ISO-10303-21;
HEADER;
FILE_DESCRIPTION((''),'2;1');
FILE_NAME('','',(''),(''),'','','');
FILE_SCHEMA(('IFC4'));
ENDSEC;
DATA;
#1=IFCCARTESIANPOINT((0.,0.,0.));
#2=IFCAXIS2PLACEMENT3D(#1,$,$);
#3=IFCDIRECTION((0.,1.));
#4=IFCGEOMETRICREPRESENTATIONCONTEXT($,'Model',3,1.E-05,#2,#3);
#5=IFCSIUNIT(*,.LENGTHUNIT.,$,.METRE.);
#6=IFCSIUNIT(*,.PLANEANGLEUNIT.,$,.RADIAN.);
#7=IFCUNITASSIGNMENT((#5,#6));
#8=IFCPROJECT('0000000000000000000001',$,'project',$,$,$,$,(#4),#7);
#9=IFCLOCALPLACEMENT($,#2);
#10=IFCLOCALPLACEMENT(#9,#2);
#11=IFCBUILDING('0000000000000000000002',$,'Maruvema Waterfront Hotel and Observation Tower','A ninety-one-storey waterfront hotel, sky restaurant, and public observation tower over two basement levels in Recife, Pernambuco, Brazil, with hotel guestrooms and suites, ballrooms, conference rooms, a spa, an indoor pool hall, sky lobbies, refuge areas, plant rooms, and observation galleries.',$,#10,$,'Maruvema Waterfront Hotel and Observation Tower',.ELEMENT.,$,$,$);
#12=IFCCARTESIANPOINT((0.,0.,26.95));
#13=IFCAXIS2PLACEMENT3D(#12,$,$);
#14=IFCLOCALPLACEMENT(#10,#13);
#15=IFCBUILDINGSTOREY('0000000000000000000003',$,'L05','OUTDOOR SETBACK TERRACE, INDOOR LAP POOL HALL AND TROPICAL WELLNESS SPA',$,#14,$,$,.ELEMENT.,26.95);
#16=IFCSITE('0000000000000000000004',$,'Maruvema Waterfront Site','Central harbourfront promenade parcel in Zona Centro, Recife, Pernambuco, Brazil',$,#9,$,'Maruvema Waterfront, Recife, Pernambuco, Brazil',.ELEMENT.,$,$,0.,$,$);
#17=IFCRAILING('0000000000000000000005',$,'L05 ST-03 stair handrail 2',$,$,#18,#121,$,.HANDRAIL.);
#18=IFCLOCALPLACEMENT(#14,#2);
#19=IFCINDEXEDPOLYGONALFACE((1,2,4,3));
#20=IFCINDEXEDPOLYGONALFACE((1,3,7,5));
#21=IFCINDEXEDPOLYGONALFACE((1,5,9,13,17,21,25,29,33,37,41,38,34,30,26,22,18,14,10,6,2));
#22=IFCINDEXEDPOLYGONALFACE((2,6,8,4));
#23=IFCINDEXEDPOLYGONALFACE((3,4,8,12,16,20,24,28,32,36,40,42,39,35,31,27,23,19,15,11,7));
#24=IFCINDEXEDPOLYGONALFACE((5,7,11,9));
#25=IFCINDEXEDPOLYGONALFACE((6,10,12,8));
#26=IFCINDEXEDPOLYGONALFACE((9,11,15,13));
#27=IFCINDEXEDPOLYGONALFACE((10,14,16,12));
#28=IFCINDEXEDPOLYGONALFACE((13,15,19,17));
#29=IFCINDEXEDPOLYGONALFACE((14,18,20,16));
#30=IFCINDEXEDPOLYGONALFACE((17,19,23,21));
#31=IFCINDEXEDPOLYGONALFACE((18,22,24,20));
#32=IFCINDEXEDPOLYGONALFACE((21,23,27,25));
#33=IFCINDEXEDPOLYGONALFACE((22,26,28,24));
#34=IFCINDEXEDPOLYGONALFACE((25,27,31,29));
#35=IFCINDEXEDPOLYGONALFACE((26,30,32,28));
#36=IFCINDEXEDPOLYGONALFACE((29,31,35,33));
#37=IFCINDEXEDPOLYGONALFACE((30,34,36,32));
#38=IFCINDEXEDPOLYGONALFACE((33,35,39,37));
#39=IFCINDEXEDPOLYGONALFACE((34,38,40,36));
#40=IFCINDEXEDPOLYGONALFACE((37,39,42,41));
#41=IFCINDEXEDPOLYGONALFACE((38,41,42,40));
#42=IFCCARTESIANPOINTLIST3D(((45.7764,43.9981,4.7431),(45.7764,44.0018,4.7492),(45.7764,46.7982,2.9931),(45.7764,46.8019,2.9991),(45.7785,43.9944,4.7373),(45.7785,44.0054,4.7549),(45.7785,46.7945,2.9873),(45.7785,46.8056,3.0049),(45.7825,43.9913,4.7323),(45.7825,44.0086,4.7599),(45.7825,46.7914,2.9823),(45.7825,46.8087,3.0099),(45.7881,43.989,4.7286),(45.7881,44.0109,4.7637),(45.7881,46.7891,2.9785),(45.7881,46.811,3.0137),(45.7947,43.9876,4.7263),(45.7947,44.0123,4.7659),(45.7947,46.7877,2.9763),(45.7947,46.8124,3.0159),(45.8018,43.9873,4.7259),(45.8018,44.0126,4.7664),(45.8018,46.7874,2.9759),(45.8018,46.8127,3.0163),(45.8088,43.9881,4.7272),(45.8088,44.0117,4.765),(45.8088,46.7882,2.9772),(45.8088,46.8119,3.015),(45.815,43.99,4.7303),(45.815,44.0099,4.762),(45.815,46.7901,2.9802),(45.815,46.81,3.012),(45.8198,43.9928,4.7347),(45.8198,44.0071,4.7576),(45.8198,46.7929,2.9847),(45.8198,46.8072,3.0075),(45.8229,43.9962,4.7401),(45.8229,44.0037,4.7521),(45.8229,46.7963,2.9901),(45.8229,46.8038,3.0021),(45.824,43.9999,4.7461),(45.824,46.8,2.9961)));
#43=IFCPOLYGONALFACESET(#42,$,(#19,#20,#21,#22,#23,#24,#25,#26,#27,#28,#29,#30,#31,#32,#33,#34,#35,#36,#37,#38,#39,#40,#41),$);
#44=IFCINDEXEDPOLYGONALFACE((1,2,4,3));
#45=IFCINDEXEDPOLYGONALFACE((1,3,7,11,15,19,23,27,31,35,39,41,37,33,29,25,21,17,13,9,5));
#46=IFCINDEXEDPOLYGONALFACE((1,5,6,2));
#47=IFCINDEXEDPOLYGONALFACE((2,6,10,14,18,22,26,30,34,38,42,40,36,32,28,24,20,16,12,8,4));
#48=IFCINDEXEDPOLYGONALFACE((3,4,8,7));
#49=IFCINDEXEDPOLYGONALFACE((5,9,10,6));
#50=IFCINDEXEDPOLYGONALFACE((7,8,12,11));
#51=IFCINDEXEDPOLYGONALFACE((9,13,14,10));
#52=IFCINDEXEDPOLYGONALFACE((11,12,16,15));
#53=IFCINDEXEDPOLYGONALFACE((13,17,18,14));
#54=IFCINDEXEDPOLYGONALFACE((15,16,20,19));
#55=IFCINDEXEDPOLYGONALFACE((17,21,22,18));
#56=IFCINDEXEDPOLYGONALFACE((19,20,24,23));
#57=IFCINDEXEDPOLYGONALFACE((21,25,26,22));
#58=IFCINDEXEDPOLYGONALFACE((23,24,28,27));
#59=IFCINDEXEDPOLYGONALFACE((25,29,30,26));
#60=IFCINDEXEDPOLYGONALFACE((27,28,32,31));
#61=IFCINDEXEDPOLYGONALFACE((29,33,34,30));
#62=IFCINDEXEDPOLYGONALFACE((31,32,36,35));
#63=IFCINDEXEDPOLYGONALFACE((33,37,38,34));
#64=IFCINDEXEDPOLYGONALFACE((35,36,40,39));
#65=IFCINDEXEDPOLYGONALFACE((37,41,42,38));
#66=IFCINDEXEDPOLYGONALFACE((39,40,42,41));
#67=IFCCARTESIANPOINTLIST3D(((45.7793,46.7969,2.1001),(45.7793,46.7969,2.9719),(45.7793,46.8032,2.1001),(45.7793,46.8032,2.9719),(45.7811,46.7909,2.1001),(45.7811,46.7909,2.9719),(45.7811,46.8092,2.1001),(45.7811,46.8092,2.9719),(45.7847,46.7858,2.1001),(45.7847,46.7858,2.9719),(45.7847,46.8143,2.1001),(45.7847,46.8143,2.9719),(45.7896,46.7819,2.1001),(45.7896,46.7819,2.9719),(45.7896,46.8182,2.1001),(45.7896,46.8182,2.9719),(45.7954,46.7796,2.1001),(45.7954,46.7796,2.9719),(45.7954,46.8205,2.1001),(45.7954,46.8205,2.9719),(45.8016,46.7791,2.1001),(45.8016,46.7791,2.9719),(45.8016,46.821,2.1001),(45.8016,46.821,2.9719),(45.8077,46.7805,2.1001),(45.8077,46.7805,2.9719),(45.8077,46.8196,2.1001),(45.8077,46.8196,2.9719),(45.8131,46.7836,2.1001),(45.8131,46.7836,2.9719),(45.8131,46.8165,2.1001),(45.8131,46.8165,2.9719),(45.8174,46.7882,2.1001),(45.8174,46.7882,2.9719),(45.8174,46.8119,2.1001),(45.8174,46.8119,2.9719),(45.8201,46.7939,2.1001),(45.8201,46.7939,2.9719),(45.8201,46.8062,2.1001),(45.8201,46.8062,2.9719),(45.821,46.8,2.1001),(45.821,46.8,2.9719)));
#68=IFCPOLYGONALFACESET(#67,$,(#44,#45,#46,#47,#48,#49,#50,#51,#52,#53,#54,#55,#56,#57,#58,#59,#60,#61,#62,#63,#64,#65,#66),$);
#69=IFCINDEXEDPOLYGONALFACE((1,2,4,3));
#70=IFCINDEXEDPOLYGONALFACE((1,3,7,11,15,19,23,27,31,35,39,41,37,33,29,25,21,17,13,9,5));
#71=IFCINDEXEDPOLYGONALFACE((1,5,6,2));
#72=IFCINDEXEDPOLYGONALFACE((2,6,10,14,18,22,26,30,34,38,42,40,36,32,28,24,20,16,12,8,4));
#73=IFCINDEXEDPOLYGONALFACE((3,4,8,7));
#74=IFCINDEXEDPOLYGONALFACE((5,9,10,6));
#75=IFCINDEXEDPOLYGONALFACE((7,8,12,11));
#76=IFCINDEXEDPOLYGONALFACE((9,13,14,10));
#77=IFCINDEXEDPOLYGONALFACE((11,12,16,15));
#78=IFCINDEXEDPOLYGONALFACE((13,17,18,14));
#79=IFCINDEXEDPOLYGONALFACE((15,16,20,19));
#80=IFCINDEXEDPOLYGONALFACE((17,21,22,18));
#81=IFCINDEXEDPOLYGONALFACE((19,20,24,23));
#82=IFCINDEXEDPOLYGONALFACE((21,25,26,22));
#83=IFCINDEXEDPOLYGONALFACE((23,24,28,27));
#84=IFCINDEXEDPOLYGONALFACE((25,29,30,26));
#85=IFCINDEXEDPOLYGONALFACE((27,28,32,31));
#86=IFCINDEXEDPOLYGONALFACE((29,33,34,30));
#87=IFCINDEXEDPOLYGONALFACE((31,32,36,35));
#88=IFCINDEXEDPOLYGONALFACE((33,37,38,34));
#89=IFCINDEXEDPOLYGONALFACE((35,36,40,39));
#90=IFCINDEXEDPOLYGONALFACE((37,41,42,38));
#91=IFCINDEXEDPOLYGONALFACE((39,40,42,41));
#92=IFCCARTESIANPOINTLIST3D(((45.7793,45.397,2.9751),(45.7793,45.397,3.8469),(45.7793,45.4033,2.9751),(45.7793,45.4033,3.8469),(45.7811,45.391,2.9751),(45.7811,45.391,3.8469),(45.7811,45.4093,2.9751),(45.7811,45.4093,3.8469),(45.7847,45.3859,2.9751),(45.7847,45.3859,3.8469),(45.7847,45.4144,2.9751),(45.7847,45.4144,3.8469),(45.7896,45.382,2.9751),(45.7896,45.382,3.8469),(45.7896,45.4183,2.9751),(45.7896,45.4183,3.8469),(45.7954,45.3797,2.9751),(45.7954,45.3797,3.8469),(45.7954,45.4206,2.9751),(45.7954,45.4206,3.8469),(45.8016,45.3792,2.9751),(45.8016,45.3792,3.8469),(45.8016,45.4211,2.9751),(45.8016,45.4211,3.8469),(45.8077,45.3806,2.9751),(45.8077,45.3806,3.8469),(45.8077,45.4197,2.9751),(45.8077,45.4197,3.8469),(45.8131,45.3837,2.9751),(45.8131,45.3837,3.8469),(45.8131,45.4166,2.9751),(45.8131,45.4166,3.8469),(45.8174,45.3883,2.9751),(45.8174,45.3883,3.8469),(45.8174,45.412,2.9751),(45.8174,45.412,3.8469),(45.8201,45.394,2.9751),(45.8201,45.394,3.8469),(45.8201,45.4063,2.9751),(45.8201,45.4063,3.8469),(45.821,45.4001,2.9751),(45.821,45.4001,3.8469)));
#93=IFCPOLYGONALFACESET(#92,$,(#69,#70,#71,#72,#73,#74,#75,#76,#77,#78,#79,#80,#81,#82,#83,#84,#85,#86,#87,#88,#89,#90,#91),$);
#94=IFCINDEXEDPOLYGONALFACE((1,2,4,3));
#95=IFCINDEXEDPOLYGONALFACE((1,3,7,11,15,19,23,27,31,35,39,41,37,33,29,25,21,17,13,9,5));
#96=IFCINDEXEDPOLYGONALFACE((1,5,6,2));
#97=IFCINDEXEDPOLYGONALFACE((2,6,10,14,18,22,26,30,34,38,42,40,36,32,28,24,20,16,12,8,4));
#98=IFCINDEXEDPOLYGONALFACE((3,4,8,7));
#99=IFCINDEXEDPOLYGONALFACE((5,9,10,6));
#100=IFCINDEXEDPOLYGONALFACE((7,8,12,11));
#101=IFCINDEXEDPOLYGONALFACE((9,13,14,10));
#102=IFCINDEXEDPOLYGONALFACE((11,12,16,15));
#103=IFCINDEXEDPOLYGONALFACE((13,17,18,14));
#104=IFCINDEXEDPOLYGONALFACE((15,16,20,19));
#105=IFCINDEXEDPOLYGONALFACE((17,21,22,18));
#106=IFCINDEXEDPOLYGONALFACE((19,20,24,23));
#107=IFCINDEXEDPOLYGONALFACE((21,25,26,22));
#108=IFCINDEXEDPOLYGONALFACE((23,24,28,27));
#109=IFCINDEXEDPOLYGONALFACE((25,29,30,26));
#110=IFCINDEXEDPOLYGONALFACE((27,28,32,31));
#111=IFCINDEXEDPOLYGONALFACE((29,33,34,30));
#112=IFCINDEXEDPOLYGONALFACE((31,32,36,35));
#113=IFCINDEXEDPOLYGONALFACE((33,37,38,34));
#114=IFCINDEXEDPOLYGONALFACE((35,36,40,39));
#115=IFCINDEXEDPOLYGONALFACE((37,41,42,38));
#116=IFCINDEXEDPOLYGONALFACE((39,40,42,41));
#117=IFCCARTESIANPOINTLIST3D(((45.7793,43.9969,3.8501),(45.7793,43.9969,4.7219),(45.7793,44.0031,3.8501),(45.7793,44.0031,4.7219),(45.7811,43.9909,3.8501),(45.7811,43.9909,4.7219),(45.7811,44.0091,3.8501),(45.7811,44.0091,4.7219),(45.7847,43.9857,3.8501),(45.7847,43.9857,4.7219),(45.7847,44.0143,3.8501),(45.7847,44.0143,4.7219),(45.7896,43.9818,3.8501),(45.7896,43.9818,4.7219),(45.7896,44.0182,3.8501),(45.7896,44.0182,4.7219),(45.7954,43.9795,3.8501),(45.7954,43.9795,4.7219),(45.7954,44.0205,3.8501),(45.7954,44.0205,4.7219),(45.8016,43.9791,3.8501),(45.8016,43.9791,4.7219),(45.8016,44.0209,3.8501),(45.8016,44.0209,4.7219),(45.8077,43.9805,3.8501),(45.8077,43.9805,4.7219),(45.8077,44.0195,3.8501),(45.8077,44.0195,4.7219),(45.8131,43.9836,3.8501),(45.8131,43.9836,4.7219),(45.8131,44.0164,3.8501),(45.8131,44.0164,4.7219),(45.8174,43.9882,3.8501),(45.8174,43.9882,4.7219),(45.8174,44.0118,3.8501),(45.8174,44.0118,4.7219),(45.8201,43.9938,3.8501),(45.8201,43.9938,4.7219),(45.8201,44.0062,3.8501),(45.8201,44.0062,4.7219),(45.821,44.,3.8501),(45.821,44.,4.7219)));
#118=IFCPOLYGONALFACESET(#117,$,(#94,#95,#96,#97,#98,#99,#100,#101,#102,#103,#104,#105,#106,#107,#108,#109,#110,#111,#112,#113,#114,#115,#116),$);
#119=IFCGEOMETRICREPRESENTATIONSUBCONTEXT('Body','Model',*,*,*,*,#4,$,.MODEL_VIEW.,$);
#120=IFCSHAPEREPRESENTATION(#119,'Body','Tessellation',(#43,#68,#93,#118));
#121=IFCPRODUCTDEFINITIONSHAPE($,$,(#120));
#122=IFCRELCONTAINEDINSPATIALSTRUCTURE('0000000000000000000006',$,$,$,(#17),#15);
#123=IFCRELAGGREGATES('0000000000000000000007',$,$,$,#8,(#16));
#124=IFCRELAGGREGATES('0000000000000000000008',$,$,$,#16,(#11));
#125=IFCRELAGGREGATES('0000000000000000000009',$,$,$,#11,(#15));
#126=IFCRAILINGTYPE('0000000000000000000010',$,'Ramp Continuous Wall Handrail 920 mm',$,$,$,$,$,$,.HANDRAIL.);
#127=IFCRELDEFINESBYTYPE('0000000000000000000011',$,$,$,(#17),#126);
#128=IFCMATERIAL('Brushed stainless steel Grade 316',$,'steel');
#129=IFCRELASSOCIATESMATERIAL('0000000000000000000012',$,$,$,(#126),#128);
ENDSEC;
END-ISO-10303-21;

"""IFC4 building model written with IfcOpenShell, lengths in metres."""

from ifc_helpers import new_model, si_unit, direction, frame, origin, origin_2d, place, context, subcontext, project, spatial, circle, extrude, material, type_object, element, save


model = new_model("IFC4")

# Units and contexts
model_context = context("Model", 3, precision=1e-05, world=origin(), true_north=direction((0.0, 1.0)))
body_context = subcontext(model_context, "Body", "Model", "MODEL_VIEW")
ifc_project = project(units=[si_unit("LENGTHUNIT", "METRE"), si_unit("PLANEANGLEUNIT", "RADIAN")], contexts=[model_context])

# Site, building, storey
site_placement = place(None, origin())
site = spatial("IfcSite", under=ifc_project, at=site_placement, Name="Maruvema Waterfront Site", Description="Central harbourfront promenade parcel in Zona Centro, Recife, Pernambuco, Brazil", LongName="Maruvema Waterfront, Recife, Pernambuco, Brazil", CompositionType="ELEMENT", RefElevation=0.0)
building_placement = place(site_placement, origin())
building = spatial("IfcBuilding", under=site, at=building_placement, Name="Maruvema Waterfront Hotel and Observation Tower", Description="A ninety-one-storey waterfront hotel, sky restaurant, and public observation tower over two basement levels in Recife, Pernambuco, Brazil, with hotel guestrooms and suites, ballrooms, conference rooms, a spa, an indoor pool hall, sky lobbies, refuge areas, plant rooms, and observation galleries.", LongName="Maruvema Waterfront Hotel and Observation Tower", CompositionType="ELEMENT")
storey_placement = place(building_placement, frame((0.0, 0.0, 26.95)))
storey = spatial("IfcBuildingStorey", under=building, at=storey_placement, Name="L05", Description="OUTDOOR SETBACK TERRACE, INDOOR LAP POOL HALL AND TROPICAL WELLNESS SPA", CompositionType="ELEMENT", Elevation=26.95)

# Railing
ifc_material_1 = material(Name="Brushed stainless steel Grade 316", Category="steel")
railing_type_1 = type_object("IfcRailingType", Name="Ramp Continuous Wall Handrail 920 mm", PredefinedType="HANDRAIL", material=ifc_material_1)
railing_1_placement = place(storey_placement, frame((45.8, 46.8, 2.1001)))
element("IfcRailing", 1, at=railing_1_placement, inside=storey, type_object=railing_type_1, Name="L05 ST-03 stair handrail 2", PredefinedType="HANDRAIL", context=body_context, shape_type="SweptSolid", body=[
    extrude(circle(Radius=0.0239, at=origin_2d()), frame((0.0, 0.0, 0.896), z_axis=(0.0, -0.848002, 0.529992), x_axis=(1.0, 0.0, 0.0)), (0.0, 0.0, 1.0), 3.302),
    extrude(circle(Radius=0.021, at=origin_2d()), origin(), (0.0, 0.0, 1.0), 0.8718),
    extrude(circle(Radius=0.021, at=origin_2d()), frame((0.0, -1.3999, 0.875)), (0.0, 0.0, 1.0), 0.8718),
    extrude(circle(Radius=0.021, at=origin_2d()), frame((0.0, -2.8, 1.75)), (0.0, 0.0, 1.0), 0.8718),
])

save(model, "model.ifc")
